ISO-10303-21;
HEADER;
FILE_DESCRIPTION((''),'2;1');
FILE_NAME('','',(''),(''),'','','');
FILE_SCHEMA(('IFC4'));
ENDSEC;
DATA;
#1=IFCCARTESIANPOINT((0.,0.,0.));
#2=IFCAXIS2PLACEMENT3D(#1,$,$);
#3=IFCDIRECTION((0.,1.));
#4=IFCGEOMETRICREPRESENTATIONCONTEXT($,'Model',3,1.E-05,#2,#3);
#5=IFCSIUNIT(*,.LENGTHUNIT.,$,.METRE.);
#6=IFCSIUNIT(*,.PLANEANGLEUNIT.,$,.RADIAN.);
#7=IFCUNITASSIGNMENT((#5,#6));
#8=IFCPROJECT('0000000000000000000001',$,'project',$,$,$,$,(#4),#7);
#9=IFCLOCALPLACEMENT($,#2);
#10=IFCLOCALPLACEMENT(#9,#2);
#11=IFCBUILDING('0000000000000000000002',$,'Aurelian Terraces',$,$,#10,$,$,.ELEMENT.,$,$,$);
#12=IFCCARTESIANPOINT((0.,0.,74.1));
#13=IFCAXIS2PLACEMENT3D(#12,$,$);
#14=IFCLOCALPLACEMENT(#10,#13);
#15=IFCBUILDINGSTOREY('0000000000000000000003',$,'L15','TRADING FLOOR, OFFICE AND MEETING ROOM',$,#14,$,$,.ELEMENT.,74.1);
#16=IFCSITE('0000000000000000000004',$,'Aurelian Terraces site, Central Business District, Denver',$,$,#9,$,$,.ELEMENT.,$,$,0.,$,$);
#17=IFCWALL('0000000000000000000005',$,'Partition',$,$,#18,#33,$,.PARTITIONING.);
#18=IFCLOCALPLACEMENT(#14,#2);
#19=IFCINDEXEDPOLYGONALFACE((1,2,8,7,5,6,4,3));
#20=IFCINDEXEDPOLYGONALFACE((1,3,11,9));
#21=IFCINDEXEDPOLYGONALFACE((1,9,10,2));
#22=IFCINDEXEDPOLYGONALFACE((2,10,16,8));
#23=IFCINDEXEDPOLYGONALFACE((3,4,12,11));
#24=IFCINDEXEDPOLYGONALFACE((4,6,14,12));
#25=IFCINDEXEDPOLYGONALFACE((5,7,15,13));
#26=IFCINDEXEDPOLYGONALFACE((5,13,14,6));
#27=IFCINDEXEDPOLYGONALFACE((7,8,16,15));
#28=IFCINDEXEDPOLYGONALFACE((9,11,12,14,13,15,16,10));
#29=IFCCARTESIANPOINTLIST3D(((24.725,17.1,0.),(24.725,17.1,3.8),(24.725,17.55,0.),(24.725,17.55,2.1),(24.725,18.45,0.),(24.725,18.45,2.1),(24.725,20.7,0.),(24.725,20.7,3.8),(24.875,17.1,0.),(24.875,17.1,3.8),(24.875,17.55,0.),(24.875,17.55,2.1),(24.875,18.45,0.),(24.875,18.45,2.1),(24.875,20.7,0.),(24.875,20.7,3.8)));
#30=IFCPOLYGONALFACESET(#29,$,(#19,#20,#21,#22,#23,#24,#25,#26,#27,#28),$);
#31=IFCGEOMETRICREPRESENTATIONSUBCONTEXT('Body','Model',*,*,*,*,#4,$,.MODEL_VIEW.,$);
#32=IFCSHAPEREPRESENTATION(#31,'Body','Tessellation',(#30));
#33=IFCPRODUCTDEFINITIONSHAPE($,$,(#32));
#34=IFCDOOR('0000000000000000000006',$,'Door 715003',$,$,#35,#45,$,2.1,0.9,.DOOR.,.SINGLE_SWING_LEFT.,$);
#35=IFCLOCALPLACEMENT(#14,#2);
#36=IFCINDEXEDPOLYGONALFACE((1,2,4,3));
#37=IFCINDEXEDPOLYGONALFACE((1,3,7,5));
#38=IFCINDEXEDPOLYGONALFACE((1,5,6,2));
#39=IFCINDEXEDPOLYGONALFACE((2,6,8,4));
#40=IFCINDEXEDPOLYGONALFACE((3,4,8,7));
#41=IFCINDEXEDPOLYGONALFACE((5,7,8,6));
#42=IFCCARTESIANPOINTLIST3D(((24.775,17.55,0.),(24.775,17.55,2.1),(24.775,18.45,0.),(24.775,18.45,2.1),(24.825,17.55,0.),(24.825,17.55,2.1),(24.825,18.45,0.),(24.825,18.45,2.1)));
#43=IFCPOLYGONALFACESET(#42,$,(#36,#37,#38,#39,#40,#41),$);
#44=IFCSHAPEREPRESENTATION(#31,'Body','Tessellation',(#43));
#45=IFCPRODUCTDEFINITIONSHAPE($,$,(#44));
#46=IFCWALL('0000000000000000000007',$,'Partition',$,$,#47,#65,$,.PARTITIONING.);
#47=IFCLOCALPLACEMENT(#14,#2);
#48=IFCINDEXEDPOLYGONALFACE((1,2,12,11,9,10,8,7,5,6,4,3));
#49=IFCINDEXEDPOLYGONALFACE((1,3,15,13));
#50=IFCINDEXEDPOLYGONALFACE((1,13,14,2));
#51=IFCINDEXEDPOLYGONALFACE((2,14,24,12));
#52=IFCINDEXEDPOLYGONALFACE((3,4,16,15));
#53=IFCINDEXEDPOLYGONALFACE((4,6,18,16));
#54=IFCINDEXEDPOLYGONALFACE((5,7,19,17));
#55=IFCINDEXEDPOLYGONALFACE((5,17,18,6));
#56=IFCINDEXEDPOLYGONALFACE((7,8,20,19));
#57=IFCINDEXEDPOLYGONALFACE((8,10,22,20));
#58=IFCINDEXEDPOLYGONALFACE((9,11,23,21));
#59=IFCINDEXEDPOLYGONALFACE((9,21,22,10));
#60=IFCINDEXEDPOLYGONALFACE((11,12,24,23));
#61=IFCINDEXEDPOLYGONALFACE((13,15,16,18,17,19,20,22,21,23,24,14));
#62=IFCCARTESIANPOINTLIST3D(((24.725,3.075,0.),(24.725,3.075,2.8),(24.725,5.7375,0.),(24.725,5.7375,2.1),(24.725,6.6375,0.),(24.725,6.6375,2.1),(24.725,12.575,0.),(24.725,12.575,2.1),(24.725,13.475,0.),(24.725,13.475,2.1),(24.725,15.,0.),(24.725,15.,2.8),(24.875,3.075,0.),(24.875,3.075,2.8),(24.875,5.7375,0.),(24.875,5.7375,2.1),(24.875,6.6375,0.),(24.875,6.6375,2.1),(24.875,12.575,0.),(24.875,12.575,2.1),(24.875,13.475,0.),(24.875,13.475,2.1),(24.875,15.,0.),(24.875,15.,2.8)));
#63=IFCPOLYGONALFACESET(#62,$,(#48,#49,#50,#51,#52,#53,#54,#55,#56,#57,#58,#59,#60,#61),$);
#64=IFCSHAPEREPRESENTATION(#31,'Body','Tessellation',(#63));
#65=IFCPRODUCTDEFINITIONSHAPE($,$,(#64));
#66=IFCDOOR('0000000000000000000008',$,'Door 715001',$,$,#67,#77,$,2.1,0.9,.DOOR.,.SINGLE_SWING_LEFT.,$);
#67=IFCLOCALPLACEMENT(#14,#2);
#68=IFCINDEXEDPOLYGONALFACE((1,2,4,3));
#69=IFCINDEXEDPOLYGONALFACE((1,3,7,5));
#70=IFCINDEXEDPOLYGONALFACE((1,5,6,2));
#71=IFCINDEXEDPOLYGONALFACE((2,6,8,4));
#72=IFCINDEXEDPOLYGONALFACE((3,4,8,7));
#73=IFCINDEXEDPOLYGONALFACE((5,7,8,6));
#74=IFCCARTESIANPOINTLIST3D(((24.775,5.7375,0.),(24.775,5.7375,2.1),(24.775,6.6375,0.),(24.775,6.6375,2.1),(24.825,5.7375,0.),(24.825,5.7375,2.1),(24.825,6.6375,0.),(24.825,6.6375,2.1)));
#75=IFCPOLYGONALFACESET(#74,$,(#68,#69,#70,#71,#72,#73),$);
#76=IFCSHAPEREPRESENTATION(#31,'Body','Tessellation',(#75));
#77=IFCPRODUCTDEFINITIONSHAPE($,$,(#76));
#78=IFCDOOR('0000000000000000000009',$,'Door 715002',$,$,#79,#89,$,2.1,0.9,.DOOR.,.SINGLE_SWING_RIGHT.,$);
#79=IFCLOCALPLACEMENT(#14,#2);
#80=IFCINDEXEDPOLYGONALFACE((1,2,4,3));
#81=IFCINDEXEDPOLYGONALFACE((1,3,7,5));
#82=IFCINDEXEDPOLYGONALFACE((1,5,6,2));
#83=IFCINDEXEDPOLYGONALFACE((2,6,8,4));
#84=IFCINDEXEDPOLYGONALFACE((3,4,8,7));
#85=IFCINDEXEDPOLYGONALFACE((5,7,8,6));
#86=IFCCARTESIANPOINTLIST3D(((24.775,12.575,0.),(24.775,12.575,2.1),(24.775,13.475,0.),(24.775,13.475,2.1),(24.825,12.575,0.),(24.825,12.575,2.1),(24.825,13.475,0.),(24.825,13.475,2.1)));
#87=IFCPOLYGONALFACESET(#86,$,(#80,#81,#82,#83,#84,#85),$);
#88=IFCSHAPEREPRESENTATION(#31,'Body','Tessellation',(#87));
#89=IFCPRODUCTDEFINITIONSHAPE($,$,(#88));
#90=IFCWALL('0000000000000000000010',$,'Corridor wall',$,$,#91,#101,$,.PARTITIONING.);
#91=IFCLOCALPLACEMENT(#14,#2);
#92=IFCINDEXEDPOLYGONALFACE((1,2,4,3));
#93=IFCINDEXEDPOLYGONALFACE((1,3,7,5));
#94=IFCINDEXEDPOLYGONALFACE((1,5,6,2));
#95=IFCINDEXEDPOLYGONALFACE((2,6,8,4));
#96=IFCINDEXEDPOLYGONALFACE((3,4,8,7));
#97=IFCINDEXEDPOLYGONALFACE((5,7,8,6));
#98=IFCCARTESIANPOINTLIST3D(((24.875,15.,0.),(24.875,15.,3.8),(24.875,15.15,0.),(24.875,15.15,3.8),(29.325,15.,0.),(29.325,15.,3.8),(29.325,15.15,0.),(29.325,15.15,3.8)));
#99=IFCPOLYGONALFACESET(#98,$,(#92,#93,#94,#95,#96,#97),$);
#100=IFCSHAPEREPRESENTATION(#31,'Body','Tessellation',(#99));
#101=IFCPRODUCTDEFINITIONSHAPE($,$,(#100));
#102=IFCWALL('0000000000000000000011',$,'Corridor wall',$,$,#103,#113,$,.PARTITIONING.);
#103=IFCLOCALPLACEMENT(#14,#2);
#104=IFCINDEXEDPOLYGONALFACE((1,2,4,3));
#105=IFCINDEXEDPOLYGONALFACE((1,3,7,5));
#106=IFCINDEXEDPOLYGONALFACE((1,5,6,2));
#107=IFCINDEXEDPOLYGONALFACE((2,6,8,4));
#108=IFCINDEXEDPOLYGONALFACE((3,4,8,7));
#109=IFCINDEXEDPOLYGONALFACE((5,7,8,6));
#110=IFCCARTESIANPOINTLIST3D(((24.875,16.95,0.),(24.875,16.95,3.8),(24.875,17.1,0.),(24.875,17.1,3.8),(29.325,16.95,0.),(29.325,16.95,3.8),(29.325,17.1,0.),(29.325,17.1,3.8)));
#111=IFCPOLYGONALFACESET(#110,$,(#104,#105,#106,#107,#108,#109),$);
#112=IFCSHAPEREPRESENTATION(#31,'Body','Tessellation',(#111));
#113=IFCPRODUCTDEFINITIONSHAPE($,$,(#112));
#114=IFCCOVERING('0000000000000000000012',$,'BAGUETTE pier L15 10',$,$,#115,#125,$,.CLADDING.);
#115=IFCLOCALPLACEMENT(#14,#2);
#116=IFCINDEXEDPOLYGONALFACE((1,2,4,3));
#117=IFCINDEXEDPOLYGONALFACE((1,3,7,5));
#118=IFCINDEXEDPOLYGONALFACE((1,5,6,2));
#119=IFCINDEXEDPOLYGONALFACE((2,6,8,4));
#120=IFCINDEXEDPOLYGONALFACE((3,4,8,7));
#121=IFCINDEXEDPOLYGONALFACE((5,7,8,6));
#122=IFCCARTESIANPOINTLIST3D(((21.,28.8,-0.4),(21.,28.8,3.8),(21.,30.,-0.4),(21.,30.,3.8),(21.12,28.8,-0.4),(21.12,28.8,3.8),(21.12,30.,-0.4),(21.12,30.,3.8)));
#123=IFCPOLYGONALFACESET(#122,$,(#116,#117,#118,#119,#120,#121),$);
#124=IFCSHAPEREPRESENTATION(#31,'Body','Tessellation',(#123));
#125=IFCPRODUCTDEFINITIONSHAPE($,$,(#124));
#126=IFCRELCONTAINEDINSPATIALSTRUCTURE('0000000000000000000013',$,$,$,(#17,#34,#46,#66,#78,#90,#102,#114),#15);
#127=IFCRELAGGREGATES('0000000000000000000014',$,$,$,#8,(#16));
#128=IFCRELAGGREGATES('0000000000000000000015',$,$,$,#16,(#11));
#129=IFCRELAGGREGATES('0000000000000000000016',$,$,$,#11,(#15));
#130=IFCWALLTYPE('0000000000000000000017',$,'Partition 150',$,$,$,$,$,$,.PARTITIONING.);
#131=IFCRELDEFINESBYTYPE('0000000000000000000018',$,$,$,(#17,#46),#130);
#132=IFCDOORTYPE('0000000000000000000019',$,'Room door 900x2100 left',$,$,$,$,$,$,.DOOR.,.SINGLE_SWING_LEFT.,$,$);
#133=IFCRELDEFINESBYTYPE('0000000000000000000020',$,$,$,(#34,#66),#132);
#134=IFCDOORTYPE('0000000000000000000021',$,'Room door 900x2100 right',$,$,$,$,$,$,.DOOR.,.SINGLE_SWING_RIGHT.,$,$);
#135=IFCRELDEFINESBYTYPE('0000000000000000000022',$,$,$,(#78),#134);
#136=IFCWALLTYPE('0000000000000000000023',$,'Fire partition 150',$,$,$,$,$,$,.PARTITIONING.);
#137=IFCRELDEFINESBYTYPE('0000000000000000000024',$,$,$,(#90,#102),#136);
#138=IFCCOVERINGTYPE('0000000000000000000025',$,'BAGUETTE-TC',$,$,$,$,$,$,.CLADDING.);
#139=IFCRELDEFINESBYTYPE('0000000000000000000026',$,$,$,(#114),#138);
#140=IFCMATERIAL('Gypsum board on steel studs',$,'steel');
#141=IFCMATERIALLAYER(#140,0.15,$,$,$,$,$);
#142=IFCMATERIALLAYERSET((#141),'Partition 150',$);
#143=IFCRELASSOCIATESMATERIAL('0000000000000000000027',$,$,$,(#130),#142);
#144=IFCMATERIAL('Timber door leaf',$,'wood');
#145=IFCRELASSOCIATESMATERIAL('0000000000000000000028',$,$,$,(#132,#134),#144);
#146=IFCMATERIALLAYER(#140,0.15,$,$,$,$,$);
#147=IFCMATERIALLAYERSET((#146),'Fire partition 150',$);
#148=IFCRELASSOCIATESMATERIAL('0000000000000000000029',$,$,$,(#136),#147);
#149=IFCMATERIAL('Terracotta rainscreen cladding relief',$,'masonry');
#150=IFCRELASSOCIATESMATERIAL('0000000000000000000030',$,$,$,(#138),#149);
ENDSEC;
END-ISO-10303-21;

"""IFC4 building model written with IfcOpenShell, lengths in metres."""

from ifc_helpers import new_model, si_unit, direction, frame, frame_2d, origin, origin_2d, place, context, subcontext, project, spatial, rectangle, extrude, source, transform, mapped, material, layer, layer_set, type_object, element, fill, save


model = new_model("IFC4")

# Units and contexts
model_context = context("Model", 3, precision=1e-05, world=origin(), true_north=direction((0.0, 1.0)))
body_context = subcontext(model_context, "Body", "Model", "MODEL_VIEW")
ifc_project = project(units=[si_unit("LENGTHUNIT", "METRE"), si_unit("PLANEANGLEUNIT", "RADIAN")], contexts=[model_context])

# Site, building, storey
site_placement = place(None, origin())
site = spatial("IfcSite", under=ifc_project, at=site_placement, Name="Aurelian Terraces site, Central Business District, Denver", CompositionType="ELEMENT", RefElevation=0.0)
building_placement = place(site_placement, origin())
building = spatial("IfcBuilding", under=site, at=building_placement, Name="Aurelian Terraces", CompositionType="ELEMENT")
storey_placement = place(building_placement, frame((0.0, 0.0, 74.1)))
storey = spatial("IfcBuildingStorey", under=building, at=storey_placement, Name="L15", Description="TRADING FLOOR, OFFICE AND MEETING ROOM", CompositionType="ELEMENT", Elevation=74.1)

# Wall, opening, door
ifc_material_1 = material(Name="Gypsum board on steel studs", Category="steel")
ifc_layer_1 = layer(ifc_material_1, 0.15)
ifc_layer_set_1 = layer_set([ifc_layer_1], Name="Partition 150")
wall_type_1 = type_object("IfcWallType", Name="Partition 150", PredefinedType="PARTITIONING", material=ifc_layer_set_1)
shared_shape_1 = source(origin(), body_context, "Body", "SweptSolid", [
    extrude(rectangle(XDim=3.6, YDim=0.15, at=frame_2d((1.8, 0.0))), origin(), (0.0, 0.0, 1.0), 3.8),
])
wall_1_placement = place(storey_placement, frame((24.8, 20.7, 0.0), z_axis=(0.0, 0.0, 1.0), x_axis=(0.0, -1.0, 0.0)))
wall_1 = element("IfcWall", 1, at=wall_1_placement, inside=storey, type_object=wall_type_1, Name="Partition", PredefinedType="PARTITIONING", context=body_context, shape_type="MappedRepresentation", body=[
    mapped(shared_shape_1, transform((0.0, 0.0, 0.0), scale=1.0)),
])
shared_shape_2 = source(origin(), body_context, "Body", "SweptSolid", [
    extrude(rectangle(XDim=0.9, YDim=2.1, at=frame_2d((0.45, 1.05))), frame((0.0, 0.085, 0.0), z_axis=(0.0, -1.0, 0.0), x_axis=(1.0, 0.0, 0.0)), (0.0, 0.0, 1.0), 0.17),
])
opening_1_placement = place(wall_1_placement, frame((2.25, 0.0, 0.0)))
opening_1 = element("IfcOpeningElement", 2, at=opening_1_placement, cuts=wall_1, PredefinedType="OPENING", context=body_context, shape_type="MappedRepresentation", body=[
    mapped(shared_shape_2, transform((0.0, 0.0, 0.0), scale=1.0)),
])
ifc_material_2 = material(Name="Timber door leaf", Category="wood")
door_type_1 = type_object("IfcDoorType", Name="Room door 900x2100 left", OperationType="SINGLE_SWING_LEFT", PredefinedType="DOOR", material=ifc_material_2)
shared_shape_3 = source(origin(), body_context, "Body", "SweptSolid", [
    extrude(rectangle(XDim=0.9, YDim=2.1, at=frame_2d((0.45, 1.05))), frame((0.0, 0.025, 0.0), z_axis=(0.0, -1.0, 0.0), x_axis=(1.0, 0.0, 0.0)), (0.0, 0.0, 1.0), 0.05),
])
door_1_placement = place(opening_1_placement, origin())
door_1 = element("IfcDoor", 3, at=door_1_placement, inside=storey, type_object=door_type_1, Name="Door 715003", OperationType="SINGLE_SWING_LEFT", OverallHeight=2.1, OverallWidth=0.9, PredefinedType="DOOR", context=body_context, shape_type="MappedRepresentation", body=[
    mapped(shared_shape_3, transform((0.0, 0.0, 0.0), scale=1.0)),
])
fill(opening_1, door_1)

# Wall, openings, doors
shared_shape_4 = source(origin(), body_context, "Body", "SweptSolid", [
    extrude(rectangle(XDim=11.925, YDim=0.15, at=frame_2d((5.9625, 0.0))), origin(), (0.0, 0.0, 1.0), 2.8),
])
wall_2_placement = place(storey_placement, frame((24.8, 15.0, 0.0), z_axis=(0.0, 0.0, 1.0), x_axis=(0.0, -1.0, 0.0)))
wall_2 = element("IfcWall", 4, at=wall_2_placement, inside=storey, type_object=wall_type_1, Name="Partition", PredefinedType="PARTITIONING", context=body_context, shape_type="MappedRepresentation", body=[
    mapped(shared_shape_4, transform((0.0, 0.0, 0.0), scale=1.0)),
])
opening_2_placement = place(wall_2_placement, frame((8.3625, 0.0, 0.0)))
opening_2 = element("IfcOpeningElement", 5, at=opening_2_placement, cuts=wall_2, PredefinedType="OPENING", context=body_context, shape_type="MappedRepresentation", body=[
    mapped(shared_shape_2, transform((0.0, 0.0, 0.0), scale=1.0)),
])
opening_3_placement = place(wall_2_placement, frame((1.525, 0.0, 0.0)))
opening_3 = element("IfcOpeningElement", 6, at=opening_3_placement, cuts=wall_2, PredefinedType="OPENING", context=body_context, shape_type="MappedRepresentation", body=[
    mapped(shared_shape_2, transform((0.0, 0.0, 0.0), scale=1.0)),
])
door_2_placement = place(opening_2_placement, origin())
door_2 = element("IfcDoor", 7, at=door_2_placement, inside=storey, type_object=door_type_1, Name="Door 715001", OperationType="SINGLE_SWING_LEFT", OverallHeight=2.1, OverallWidth=0.9, PredefinedType="DOOR", context=body_context, shape_type="MappedRepresentation", body=[
    mapped(shared_shape_3, transform((0.0, 0.0, 0.0), scale=1.0)),
])
fill(opening_2, door_2)
door_type_2 = type_object("IfcDoorType", Name="Room door 900x2100 right", OperationType="SINGLE_SWING_RIGHT", PredefinedType="DOOR", material=ifc_material_2)
door_3_placement = place(opening_3_placement, origin())
door_3 = element("IfcDoor", 8, at=door_3_placement, inside=storey, type_object=door_type_2, Name="Door 715002", OperationType="SINGLE_SWING_RIGHT", OverallHeight=2.1, OverallWidth=0.9, PredefinedType="DOOR", context=body_context, shape_type="MappedRepresentation", body=[
    mapped(shared_shape_3, transform((0.0, 0.0, 0.0), scale=1.0)),
])
fill(opening_3, door_3)

# Walls
ifc_layer_2 = layer(ifc_material_1, 0.15)
ifc_layer_set_2 = layer_set([ifc_layer_2], Name="Fire partition 150")
wall_type_2 = type_object("IfcWallType", Name="Fire partition 150", PredefinedType="PARTITIONING", material=ifc_layer_set_2)
shared_shape_5 = source(origin(), body_context, "Body", "SweptSolid", [
    extrude(rectangle(XDim=4.45, YDim=0.15, at=frame_2d((2.225, 0.0))), origin(), (0.0, 0.0, 1.0), 3.8),
])
for number, where, z_axis, x_axis, name in (
    (9, (29.325, 15.075, 0.0), (0.0, 0.0, 1.0), (-1.0, 0.0, 0.0), "Corridor wall"),
    (10, (24.875, 17.025, 0.0), (0.0, 0.0, 1.0), (1.0, 0.0, 0.0), "Corridor wall"),
):
    element("IfcWall", number, at=place(storey_placement, frame(where, z_axis=z_axis, x_axis=x_axis)), inside=storey, type_object=wall_type_2, Name=name, PredefinedType="PARTITIONING", context=body_context, shape_type="MappedRepresentation", body=[
        mapped(shared_shape_5, transform((0.0, 0.0, 0.0), scale=1.0)),
    ])

# Covering
ifc_material_3 = material(Name="Terracotta rainscreen cladding relief", Category="masonry")
covering_type = type_object("IfcCoveringType", Name="BAGUETTE-TC", PredefinedType="CLADDING", material=ifc_material_3)
shared_shape_6 = source(origin(), body_context, "Body", "SweptSolid", [
    extrude(rectangle(XDim=0.12, YDim=1.2, at=origin_2d()), origin(), (0.0, 0.0, 1.0), 4.2),
])
covering_placement = place(storey_placement, frame((21.06, 29.4, -0.4), z_axis=(0.0, 0.0, 1.0), x_axis=(1.0, 0.0, 0.0)))
element("IfcCovering", 11, at=covering_placement, inside=storey, type_object=covering_type, Name="BAGUETTE pier L15 10", PredefinedType="CLADDING", context=body_context, shape_type="MappedRepresentation", body=[
    mapped(shared_shape_6, transform((0.0, 0.0, 0.0), scale=1.0)),
])

save(model, "model.ifc")
